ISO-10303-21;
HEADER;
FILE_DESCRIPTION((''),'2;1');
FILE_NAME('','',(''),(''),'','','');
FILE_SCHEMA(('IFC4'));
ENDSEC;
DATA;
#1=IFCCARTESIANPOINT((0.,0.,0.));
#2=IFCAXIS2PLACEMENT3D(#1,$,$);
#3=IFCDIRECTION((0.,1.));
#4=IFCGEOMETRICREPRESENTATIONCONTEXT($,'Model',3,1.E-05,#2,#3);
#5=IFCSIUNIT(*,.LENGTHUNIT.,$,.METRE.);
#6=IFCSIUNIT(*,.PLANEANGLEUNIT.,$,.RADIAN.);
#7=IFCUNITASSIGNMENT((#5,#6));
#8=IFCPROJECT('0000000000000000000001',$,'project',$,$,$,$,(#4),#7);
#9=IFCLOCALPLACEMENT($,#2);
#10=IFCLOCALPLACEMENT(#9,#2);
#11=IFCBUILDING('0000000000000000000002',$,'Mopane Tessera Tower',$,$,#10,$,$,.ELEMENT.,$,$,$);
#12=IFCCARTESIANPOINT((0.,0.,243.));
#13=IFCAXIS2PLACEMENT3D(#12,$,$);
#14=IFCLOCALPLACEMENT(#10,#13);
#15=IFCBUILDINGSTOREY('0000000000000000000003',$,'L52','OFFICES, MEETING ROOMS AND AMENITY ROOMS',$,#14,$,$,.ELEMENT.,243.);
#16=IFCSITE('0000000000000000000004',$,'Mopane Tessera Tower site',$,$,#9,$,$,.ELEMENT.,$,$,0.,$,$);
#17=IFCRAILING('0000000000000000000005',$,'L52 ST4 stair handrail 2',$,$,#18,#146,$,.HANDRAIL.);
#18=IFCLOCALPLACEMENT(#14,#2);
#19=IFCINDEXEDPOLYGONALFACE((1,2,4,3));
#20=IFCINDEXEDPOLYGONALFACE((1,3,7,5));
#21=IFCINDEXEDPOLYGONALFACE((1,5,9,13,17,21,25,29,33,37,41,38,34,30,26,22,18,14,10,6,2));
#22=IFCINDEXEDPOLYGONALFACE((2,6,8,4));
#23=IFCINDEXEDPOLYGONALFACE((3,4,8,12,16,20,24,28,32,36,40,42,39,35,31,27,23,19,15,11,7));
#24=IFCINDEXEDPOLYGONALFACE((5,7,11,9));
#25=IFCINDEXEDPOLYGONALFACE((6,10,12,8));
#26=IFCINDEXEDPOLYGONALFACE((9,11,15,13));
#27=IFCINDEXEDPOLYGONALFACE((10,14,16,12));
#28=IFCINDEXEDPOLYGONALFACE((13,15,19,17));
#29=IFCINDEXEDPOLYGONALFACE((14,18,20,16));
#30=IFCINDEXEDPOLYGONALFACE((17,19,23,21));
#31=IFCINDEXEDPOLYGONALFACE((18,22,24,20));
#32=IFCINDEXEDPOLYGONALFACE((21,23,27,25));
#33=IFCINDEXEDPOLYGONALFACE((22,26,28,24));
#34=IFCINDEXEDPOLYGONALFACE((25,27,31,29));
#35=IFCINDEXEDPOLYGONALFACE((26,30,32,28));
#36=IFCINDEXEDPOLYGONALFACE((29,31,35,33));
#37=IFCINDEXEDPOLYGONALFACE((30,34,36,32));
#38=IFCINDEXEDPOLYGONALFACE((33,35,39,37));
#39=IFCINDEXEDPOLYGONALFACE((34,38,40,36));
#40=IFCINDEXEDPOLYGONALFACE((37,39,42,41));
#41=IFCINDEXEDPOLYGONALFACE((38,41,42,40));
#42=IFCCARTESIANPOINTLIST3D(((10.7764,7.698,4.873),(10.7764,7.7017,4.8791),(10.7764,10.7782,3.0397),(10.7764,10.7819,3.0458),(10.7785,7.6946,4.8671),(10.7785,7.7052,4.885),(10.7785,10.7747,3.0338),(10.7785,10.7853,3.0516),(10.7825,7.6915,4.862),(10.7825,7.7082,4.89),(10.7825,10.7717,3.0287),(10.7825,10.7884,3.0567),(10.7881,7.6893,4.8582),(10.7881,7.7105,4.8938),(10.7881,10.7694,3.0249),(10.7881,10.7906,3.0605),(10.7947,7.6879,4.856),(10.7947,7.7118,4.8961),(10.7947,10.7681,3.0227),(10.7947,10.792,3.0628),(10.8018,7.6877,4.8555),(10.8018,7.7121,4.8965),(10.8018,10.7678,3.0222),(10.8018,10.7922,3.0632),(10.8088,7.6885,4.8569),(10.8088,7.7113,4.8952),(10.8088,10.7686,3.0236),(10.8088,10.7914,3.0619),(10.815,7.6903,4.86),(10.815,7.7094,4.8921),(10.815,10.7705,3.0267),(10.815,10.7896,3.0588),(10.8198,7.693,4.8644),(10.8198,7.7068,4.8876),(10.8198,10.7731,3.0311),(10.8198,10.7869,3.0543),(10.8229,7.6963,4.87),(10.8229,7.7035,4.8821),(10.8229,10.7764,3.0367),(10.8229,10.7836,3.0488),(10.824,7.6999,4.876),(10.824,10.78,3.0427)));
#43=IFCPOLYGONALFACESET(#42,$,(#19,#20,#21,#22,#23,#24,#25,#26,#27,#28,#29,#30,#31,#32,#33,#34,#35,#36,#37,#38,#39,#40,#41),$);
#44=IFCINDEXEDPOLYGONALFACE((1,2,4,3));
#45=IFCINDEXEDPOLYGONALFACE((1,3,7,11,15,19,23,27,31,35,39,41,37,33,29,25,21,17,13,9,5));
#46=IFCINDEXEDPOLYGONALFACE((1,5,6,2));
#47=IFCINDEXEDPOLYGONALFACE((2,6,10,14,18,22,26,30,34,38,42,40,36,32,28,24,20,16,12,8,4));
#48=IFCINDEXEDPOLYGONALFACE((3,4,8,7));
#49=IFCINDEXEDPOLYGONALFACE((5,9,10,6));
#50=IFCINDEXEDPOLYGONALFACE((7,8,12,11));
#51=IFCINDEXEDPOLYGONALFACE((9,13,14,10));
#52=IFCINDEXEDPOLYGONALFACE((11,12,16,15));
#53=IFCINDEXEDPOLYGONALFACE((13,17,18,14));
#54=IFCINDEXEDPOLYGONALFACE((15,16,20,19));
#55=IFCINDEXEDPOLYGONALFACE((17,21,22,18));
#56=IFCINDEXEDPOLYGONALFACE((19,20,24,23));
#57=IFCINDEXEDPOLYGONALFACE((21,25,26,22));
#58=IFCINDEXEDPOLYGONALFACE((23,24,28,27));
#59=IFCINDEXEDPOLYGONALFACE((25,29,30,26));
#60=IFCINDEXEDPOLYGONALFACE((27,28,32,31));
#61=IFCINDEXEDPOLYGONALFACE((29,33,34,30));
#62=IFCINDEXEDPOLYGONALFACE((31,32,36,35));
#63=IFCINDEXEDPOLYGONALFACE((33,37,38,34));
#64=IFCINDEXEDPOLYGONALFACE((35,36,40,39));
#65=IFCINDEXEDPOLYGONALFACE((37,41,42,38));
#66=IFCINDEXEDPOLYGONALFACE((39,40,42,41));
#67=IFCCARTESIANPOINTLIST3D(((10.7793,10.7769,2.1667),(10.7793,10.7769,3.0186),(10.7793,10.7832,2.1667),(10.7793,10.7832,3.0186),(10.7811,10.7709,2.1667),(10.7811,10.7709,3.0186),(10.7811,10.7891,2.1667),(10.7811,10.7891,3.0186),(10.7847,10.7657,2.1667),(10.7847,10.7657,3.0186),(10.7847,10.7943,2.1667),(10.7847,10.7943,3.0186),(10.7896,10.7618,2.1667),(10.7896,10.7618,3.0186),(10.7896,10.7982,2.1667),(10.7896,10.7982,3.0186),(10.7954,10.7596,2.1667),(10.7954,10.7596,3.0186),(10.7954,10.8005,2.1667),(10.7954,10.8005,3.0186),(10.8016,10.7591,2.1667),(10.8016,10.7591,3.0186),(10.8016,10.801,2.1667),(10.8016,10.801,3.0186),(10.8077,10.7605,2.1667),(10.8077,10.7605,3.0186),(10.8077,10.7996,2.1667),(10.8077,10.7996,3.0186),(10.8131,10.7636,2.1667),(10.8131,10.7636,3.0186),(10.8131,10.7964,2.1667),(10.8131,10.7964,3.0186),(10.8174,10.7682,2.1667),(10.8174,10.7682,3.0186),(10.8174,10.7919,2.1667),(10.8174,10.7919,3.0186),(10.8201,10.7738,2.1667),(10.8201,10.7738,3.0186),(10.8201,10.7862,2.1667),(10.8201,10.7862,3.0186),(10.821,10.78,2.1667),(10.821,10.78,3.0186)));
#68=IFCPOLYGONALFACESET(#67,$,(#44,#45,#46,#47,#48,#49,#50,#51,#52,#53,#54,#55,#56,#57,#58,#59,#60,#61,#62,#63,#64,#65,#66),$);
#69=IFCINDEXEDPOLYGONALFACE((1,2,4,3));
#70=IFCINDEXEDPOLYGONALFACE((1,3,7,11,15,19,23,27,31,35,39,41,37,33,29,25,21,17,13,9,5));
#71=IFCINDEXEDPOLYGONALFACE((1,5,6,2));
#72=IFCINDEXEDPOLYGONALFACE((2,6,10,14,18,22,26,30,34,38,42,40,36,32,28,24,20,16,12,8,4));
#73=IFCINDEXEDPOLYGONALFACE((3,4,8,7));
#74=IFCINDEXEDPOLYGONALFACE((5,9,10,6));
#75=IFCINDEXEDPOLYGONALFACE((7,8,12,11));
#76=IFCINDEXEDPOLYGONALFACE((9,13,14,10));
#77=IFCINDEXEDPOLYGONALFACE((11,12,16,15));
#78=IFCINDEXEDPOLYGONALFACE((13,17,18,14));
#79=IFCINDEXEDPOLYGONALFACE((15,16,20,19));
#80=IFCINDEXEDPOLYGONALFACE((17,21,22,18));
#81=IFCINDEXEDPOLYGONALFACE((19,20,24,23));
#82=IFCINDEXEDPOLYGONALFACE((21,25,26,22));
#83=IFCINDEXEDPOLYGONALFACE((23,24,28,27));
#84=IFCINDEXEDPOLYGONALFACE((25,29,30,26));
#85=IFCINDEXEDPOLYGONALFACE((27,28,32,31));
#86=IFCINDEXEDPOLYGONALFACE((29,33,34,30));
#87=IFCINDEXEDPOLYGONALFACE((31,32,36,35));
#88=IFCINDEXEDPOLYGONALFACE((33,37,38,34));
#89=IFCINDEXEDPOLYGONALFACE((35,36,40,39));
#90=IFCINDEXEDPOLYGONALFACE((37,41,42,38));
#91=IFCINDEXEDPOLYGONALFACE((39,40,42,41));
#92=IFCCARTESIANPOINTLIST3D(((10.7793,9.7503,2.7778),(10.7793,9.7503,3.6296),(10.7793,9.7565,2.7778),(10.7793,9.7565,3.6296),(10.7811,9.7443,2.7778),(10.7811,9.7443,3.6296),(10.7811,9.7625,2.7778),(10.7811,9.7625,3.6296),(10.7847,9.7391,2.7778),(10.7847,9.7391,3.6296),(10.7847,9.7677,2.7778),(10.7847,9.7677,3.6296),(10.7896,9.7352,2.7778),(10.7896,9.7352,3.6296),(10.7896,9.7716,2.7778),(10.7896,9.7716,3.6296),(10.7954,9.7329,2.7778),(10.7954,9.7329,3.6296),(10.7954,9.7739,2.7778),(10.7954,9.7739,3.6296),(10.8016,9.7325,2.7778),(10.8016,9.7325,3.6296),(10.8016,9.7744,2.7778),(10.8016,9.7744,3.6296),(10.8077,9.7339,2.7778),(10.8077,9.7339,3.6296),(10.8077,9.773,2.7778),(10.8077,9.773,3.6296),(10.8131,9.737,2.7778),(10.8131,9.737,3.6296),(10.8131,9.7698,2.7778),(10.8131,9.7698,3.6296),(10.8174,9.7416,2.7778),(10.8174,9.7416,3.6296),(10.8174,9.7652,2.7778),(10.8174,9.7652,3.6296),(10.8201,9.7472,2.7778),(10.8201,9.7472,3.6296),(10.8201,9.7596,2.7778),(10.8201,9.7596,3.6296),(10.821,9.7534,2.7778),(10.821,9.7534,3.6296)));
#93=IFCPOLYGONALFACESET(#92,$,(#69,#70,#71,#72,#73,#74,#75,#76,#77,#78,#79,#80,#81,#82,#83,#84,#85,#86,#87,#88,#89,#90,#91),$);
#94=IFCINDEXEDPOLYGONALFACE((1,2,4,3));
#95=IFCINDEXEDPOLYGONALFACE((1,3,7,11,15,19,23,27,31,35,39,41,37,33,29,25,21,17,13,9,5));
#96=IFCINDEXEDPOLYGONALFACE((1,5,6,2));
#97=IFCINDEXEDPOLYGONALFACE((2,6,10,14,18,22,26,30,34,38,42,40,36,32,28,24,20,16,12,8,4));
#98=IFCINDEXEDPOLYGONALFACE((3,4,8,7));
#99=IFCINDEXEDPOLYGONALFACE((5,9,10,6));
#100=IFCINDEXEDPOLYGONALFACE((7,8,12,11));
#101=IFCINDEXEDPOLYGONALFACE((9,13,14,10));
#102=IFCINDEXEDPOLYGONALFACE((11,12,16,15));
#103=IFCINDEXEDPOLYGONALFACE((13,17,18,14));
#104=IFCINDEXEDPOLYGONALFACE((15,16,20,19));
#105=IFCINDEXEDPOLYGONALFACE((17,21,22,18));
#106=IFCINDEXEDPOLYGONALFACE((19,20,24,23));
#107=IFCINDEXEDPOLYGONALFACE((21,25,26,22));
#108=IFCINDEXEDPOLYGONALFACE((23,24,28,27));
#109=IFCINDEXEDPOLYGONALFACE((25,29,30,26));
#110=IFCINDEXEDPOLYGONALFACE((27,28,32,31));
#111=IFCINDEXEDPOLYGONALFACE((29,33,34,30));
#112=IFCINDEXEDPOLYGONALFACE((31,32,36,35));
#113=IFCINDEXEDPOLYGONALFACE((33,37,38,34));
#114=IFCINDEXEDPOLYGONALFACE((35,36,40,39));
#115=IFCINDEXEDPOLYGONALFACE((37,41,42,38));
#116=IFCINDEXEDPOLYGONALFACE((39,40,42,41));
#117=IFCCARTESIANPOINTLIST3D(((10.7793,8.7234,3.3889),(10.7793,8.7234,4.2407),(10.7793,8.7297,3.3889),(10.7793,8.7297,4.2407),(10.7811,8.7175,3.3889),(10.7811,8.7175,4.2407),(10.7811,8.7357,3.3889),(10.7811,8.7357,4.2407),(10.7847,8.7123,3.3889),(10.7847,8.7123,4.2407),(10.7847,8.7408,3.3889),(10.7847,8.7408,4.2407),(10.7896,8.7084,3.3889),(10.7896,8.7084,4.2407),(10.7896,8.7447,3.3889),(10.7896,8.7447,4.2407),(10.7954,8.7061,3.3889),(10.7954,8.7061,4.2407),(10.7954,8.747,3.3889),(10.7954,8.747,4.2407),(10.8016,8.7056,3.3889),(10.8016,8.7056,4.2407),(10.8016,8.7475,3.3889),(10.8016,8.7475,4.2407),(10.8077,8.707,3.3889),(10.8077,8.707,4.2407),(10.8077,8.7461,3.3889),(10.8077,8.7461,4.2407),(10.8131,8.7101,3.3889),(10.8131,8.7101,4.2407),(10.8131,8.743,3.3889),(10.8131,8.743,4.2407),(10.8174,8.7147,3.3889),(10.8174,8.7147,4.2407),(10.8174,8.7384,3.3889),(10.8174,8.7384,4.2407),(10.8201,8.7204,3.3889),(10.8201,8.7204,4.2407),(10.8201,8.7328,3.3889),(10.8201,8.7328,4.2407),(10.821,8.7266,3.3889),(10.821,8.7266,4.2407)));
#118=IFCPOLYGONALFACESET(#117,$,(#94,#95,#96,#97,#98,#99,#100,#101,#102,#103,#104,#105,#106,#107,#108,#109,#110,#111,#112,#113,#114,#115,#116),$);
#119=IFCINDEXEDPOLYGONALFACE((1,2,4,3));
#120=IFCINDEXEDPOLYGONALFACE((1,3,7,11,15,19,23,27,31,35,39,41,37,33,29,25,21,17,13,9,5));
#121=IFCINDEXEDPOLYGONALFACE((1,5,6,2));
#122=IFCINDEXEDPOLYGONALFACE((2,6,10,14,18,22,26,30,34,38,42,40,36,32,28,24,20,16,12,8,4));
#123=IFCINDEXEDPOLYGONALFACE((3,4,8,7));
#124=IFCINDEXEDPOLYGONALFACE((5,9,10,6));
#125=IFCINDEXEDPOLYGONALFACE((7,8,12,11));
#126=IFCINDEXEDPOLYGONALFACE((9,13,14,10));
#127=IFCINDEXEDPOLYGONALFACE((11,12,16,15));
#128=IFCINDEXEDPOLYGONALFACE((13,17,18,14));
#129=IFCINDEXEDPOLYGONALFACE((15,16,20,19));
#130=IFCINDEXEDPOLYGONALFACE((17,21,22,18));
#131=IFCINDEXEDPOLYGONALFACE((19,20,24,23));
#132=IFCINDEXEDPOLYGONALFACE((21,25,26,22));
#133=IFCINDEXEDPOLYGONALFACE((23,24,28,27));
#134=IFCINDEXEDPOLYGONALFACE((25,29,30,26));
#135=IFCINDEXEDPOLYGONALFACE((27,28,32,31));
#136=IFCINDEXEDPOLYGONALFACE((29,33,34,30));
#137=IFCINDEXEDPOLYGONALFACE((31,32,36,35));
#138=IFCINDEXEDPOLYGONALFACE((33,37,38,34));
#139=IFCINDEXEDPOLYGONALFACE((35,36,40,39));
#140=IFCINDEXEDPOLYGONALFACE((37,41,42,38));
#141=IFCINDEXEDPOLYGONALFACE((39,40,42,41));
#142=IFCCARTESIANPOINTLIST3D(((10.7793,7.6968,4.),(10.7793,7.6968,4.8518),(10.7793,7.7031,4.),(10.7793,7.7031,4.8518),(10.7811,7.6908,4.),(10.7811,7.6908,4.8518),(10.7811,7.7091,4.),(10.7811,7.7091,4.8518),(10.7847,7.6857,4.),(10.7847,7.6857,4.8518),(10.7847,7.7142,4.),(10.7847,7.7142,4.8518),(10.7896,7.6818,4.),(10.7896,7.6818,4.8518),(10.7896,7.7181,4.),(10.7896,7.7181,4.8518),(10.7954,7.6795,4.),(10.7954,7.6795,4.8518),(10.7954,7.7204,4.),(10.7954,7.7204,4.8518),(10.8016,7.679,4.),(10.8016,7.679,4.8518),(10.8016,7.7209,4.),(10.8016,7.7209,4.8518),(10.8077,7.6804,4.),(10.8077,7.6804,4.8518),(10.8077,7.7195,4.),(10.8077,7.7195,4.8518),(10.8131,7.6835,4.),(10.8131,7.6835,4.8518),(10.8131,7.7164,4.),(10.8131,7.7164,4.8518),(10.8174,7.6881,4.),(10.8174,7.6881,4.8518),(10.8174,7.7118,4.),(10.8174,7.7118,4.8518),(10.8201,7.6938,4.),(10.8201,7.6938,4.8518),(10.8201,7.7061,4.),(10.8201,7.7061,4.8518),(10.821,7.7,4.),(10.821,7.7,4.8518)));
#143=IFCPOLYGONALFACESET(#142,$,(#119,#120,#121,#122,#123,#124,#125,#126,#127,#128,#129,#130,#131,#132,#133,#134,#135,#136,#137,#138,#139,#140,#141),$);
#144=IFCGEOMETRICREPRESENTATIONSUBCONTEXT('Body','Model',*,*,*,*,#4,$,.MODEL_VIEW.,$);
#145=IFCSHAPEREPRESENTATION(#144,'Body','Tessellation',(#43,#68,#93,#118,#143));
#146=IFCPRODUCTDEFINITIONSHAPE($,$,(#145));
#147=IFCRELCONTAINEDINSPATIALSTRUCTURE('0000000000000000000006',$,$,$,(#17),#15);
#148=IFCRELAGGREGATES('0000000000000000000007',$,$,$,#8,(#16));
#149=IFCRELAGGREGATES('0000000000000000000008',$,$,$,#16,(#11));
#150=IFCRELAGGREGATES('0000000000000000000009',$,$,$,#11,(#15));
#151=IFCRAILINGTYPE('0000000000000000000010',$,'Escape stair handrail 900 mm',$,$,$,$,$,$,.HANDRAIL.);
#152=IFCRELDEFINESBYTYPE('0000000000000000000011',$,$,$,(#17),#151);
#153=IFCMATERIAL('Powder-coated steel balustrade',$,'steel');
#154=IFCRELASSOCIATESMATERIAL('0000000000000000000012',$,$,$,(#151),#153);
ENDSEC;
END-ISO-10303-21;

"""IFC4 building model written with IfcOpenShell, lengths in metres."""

from ifc_helpers import new_model, si_unit, direction, frame, origin, origin_2d, place, context, subcontext, project, spatial, circle, extrude, material, type_object, element, save


model = new_model("IFC4")

# Units and contexts
model_context = context("Model", 3, precision=1e-05, world=origin(), true_north=direction((0.0, 1.0)))
body_context = subcontext(model_context, "Body", "Model", "MODEL_VIEW")
ifc_project = project(units=[si_unit("LENGTHUNIT", "METRE"), si_unit("PLANEANGLEUNIT", "RADIAN")], contexts=[model_context])

# Site, building, storey
site_placement = place(None, origin())
site = spatial("IfcSite", under=ifc_project, at=site_placement, Name="Mopane Tessera Tower site", CompositionType="ELEMENT", RefElevation=0.0)
building_placement = place(site_placement, origin())
building = spatial("IfcBuilding", under=site, at=building_placement, Name="Mopane Tessera Tower", CompositionType="ELEMENT")
storey_placement = place(building_placement, frame((0.0, 0.0, 243.0)))
storey = spatial("IfcBuildingStorey", under=building, at=storey_placement, Name="L52", Description="OFFICES, MEETING ROOMS AND AMENITY ROOMS", CompositionType="ELEMENT", Elevation=243.0)

# Railing
ifc_material_1 = material(Name="Powder-coated steel balustrade", Category="steel")
railing_type_1 = type_object("IfcRailingType", Name="Escape stair handrail 900 mm", PredefinedType="HANDRAIL", material=ifc_material_1)
railing_1_placement = place(storey_placement, frame((10.8, 10.78, 2.1667)))
element("IfcRailing", 1, at=railing_1_placement, inside=storey, type_object=railing_type_1, Name="L52 ST4 stair handrail 2", PredefinedType="HANDRAIL", context=body_context, shape_type="SweptSolid", body=[
    extrude(circle(Radius=0.0239, at=origin_2d()), frame((0.0, 0.0, 0.876), z_axis=(0.0, -0.859309, 0.511458), x_axis=(1.0, 0.0, 0.0)), (0.0, 0.0, 1.0), 3.5845),
    extrude(circle(Radius=0.021, at=origin_2d()), origin(), (0.0, 0.0, 1.0), 0.8518),
    extrude(circle(Radius=0.021, at=origin_2d()), frame((0.0, -1.0266, 0.6111)), (0.0, 0.0, 1.0), 0.8518),
    extrude(circle(Radius=0.021, at=origin_2d()), frame((0.0, -2.0535, 1.2222)), (0.0, 0.0, 1.0), 0.8518),
    extrude(circle(Radius=0.021, at=origin_2d()), frame((0.0, -3.0801, 1.8333)), (0.0, 0.0, 1.0), 0.8518),
])

save(model, "model.ifc")
